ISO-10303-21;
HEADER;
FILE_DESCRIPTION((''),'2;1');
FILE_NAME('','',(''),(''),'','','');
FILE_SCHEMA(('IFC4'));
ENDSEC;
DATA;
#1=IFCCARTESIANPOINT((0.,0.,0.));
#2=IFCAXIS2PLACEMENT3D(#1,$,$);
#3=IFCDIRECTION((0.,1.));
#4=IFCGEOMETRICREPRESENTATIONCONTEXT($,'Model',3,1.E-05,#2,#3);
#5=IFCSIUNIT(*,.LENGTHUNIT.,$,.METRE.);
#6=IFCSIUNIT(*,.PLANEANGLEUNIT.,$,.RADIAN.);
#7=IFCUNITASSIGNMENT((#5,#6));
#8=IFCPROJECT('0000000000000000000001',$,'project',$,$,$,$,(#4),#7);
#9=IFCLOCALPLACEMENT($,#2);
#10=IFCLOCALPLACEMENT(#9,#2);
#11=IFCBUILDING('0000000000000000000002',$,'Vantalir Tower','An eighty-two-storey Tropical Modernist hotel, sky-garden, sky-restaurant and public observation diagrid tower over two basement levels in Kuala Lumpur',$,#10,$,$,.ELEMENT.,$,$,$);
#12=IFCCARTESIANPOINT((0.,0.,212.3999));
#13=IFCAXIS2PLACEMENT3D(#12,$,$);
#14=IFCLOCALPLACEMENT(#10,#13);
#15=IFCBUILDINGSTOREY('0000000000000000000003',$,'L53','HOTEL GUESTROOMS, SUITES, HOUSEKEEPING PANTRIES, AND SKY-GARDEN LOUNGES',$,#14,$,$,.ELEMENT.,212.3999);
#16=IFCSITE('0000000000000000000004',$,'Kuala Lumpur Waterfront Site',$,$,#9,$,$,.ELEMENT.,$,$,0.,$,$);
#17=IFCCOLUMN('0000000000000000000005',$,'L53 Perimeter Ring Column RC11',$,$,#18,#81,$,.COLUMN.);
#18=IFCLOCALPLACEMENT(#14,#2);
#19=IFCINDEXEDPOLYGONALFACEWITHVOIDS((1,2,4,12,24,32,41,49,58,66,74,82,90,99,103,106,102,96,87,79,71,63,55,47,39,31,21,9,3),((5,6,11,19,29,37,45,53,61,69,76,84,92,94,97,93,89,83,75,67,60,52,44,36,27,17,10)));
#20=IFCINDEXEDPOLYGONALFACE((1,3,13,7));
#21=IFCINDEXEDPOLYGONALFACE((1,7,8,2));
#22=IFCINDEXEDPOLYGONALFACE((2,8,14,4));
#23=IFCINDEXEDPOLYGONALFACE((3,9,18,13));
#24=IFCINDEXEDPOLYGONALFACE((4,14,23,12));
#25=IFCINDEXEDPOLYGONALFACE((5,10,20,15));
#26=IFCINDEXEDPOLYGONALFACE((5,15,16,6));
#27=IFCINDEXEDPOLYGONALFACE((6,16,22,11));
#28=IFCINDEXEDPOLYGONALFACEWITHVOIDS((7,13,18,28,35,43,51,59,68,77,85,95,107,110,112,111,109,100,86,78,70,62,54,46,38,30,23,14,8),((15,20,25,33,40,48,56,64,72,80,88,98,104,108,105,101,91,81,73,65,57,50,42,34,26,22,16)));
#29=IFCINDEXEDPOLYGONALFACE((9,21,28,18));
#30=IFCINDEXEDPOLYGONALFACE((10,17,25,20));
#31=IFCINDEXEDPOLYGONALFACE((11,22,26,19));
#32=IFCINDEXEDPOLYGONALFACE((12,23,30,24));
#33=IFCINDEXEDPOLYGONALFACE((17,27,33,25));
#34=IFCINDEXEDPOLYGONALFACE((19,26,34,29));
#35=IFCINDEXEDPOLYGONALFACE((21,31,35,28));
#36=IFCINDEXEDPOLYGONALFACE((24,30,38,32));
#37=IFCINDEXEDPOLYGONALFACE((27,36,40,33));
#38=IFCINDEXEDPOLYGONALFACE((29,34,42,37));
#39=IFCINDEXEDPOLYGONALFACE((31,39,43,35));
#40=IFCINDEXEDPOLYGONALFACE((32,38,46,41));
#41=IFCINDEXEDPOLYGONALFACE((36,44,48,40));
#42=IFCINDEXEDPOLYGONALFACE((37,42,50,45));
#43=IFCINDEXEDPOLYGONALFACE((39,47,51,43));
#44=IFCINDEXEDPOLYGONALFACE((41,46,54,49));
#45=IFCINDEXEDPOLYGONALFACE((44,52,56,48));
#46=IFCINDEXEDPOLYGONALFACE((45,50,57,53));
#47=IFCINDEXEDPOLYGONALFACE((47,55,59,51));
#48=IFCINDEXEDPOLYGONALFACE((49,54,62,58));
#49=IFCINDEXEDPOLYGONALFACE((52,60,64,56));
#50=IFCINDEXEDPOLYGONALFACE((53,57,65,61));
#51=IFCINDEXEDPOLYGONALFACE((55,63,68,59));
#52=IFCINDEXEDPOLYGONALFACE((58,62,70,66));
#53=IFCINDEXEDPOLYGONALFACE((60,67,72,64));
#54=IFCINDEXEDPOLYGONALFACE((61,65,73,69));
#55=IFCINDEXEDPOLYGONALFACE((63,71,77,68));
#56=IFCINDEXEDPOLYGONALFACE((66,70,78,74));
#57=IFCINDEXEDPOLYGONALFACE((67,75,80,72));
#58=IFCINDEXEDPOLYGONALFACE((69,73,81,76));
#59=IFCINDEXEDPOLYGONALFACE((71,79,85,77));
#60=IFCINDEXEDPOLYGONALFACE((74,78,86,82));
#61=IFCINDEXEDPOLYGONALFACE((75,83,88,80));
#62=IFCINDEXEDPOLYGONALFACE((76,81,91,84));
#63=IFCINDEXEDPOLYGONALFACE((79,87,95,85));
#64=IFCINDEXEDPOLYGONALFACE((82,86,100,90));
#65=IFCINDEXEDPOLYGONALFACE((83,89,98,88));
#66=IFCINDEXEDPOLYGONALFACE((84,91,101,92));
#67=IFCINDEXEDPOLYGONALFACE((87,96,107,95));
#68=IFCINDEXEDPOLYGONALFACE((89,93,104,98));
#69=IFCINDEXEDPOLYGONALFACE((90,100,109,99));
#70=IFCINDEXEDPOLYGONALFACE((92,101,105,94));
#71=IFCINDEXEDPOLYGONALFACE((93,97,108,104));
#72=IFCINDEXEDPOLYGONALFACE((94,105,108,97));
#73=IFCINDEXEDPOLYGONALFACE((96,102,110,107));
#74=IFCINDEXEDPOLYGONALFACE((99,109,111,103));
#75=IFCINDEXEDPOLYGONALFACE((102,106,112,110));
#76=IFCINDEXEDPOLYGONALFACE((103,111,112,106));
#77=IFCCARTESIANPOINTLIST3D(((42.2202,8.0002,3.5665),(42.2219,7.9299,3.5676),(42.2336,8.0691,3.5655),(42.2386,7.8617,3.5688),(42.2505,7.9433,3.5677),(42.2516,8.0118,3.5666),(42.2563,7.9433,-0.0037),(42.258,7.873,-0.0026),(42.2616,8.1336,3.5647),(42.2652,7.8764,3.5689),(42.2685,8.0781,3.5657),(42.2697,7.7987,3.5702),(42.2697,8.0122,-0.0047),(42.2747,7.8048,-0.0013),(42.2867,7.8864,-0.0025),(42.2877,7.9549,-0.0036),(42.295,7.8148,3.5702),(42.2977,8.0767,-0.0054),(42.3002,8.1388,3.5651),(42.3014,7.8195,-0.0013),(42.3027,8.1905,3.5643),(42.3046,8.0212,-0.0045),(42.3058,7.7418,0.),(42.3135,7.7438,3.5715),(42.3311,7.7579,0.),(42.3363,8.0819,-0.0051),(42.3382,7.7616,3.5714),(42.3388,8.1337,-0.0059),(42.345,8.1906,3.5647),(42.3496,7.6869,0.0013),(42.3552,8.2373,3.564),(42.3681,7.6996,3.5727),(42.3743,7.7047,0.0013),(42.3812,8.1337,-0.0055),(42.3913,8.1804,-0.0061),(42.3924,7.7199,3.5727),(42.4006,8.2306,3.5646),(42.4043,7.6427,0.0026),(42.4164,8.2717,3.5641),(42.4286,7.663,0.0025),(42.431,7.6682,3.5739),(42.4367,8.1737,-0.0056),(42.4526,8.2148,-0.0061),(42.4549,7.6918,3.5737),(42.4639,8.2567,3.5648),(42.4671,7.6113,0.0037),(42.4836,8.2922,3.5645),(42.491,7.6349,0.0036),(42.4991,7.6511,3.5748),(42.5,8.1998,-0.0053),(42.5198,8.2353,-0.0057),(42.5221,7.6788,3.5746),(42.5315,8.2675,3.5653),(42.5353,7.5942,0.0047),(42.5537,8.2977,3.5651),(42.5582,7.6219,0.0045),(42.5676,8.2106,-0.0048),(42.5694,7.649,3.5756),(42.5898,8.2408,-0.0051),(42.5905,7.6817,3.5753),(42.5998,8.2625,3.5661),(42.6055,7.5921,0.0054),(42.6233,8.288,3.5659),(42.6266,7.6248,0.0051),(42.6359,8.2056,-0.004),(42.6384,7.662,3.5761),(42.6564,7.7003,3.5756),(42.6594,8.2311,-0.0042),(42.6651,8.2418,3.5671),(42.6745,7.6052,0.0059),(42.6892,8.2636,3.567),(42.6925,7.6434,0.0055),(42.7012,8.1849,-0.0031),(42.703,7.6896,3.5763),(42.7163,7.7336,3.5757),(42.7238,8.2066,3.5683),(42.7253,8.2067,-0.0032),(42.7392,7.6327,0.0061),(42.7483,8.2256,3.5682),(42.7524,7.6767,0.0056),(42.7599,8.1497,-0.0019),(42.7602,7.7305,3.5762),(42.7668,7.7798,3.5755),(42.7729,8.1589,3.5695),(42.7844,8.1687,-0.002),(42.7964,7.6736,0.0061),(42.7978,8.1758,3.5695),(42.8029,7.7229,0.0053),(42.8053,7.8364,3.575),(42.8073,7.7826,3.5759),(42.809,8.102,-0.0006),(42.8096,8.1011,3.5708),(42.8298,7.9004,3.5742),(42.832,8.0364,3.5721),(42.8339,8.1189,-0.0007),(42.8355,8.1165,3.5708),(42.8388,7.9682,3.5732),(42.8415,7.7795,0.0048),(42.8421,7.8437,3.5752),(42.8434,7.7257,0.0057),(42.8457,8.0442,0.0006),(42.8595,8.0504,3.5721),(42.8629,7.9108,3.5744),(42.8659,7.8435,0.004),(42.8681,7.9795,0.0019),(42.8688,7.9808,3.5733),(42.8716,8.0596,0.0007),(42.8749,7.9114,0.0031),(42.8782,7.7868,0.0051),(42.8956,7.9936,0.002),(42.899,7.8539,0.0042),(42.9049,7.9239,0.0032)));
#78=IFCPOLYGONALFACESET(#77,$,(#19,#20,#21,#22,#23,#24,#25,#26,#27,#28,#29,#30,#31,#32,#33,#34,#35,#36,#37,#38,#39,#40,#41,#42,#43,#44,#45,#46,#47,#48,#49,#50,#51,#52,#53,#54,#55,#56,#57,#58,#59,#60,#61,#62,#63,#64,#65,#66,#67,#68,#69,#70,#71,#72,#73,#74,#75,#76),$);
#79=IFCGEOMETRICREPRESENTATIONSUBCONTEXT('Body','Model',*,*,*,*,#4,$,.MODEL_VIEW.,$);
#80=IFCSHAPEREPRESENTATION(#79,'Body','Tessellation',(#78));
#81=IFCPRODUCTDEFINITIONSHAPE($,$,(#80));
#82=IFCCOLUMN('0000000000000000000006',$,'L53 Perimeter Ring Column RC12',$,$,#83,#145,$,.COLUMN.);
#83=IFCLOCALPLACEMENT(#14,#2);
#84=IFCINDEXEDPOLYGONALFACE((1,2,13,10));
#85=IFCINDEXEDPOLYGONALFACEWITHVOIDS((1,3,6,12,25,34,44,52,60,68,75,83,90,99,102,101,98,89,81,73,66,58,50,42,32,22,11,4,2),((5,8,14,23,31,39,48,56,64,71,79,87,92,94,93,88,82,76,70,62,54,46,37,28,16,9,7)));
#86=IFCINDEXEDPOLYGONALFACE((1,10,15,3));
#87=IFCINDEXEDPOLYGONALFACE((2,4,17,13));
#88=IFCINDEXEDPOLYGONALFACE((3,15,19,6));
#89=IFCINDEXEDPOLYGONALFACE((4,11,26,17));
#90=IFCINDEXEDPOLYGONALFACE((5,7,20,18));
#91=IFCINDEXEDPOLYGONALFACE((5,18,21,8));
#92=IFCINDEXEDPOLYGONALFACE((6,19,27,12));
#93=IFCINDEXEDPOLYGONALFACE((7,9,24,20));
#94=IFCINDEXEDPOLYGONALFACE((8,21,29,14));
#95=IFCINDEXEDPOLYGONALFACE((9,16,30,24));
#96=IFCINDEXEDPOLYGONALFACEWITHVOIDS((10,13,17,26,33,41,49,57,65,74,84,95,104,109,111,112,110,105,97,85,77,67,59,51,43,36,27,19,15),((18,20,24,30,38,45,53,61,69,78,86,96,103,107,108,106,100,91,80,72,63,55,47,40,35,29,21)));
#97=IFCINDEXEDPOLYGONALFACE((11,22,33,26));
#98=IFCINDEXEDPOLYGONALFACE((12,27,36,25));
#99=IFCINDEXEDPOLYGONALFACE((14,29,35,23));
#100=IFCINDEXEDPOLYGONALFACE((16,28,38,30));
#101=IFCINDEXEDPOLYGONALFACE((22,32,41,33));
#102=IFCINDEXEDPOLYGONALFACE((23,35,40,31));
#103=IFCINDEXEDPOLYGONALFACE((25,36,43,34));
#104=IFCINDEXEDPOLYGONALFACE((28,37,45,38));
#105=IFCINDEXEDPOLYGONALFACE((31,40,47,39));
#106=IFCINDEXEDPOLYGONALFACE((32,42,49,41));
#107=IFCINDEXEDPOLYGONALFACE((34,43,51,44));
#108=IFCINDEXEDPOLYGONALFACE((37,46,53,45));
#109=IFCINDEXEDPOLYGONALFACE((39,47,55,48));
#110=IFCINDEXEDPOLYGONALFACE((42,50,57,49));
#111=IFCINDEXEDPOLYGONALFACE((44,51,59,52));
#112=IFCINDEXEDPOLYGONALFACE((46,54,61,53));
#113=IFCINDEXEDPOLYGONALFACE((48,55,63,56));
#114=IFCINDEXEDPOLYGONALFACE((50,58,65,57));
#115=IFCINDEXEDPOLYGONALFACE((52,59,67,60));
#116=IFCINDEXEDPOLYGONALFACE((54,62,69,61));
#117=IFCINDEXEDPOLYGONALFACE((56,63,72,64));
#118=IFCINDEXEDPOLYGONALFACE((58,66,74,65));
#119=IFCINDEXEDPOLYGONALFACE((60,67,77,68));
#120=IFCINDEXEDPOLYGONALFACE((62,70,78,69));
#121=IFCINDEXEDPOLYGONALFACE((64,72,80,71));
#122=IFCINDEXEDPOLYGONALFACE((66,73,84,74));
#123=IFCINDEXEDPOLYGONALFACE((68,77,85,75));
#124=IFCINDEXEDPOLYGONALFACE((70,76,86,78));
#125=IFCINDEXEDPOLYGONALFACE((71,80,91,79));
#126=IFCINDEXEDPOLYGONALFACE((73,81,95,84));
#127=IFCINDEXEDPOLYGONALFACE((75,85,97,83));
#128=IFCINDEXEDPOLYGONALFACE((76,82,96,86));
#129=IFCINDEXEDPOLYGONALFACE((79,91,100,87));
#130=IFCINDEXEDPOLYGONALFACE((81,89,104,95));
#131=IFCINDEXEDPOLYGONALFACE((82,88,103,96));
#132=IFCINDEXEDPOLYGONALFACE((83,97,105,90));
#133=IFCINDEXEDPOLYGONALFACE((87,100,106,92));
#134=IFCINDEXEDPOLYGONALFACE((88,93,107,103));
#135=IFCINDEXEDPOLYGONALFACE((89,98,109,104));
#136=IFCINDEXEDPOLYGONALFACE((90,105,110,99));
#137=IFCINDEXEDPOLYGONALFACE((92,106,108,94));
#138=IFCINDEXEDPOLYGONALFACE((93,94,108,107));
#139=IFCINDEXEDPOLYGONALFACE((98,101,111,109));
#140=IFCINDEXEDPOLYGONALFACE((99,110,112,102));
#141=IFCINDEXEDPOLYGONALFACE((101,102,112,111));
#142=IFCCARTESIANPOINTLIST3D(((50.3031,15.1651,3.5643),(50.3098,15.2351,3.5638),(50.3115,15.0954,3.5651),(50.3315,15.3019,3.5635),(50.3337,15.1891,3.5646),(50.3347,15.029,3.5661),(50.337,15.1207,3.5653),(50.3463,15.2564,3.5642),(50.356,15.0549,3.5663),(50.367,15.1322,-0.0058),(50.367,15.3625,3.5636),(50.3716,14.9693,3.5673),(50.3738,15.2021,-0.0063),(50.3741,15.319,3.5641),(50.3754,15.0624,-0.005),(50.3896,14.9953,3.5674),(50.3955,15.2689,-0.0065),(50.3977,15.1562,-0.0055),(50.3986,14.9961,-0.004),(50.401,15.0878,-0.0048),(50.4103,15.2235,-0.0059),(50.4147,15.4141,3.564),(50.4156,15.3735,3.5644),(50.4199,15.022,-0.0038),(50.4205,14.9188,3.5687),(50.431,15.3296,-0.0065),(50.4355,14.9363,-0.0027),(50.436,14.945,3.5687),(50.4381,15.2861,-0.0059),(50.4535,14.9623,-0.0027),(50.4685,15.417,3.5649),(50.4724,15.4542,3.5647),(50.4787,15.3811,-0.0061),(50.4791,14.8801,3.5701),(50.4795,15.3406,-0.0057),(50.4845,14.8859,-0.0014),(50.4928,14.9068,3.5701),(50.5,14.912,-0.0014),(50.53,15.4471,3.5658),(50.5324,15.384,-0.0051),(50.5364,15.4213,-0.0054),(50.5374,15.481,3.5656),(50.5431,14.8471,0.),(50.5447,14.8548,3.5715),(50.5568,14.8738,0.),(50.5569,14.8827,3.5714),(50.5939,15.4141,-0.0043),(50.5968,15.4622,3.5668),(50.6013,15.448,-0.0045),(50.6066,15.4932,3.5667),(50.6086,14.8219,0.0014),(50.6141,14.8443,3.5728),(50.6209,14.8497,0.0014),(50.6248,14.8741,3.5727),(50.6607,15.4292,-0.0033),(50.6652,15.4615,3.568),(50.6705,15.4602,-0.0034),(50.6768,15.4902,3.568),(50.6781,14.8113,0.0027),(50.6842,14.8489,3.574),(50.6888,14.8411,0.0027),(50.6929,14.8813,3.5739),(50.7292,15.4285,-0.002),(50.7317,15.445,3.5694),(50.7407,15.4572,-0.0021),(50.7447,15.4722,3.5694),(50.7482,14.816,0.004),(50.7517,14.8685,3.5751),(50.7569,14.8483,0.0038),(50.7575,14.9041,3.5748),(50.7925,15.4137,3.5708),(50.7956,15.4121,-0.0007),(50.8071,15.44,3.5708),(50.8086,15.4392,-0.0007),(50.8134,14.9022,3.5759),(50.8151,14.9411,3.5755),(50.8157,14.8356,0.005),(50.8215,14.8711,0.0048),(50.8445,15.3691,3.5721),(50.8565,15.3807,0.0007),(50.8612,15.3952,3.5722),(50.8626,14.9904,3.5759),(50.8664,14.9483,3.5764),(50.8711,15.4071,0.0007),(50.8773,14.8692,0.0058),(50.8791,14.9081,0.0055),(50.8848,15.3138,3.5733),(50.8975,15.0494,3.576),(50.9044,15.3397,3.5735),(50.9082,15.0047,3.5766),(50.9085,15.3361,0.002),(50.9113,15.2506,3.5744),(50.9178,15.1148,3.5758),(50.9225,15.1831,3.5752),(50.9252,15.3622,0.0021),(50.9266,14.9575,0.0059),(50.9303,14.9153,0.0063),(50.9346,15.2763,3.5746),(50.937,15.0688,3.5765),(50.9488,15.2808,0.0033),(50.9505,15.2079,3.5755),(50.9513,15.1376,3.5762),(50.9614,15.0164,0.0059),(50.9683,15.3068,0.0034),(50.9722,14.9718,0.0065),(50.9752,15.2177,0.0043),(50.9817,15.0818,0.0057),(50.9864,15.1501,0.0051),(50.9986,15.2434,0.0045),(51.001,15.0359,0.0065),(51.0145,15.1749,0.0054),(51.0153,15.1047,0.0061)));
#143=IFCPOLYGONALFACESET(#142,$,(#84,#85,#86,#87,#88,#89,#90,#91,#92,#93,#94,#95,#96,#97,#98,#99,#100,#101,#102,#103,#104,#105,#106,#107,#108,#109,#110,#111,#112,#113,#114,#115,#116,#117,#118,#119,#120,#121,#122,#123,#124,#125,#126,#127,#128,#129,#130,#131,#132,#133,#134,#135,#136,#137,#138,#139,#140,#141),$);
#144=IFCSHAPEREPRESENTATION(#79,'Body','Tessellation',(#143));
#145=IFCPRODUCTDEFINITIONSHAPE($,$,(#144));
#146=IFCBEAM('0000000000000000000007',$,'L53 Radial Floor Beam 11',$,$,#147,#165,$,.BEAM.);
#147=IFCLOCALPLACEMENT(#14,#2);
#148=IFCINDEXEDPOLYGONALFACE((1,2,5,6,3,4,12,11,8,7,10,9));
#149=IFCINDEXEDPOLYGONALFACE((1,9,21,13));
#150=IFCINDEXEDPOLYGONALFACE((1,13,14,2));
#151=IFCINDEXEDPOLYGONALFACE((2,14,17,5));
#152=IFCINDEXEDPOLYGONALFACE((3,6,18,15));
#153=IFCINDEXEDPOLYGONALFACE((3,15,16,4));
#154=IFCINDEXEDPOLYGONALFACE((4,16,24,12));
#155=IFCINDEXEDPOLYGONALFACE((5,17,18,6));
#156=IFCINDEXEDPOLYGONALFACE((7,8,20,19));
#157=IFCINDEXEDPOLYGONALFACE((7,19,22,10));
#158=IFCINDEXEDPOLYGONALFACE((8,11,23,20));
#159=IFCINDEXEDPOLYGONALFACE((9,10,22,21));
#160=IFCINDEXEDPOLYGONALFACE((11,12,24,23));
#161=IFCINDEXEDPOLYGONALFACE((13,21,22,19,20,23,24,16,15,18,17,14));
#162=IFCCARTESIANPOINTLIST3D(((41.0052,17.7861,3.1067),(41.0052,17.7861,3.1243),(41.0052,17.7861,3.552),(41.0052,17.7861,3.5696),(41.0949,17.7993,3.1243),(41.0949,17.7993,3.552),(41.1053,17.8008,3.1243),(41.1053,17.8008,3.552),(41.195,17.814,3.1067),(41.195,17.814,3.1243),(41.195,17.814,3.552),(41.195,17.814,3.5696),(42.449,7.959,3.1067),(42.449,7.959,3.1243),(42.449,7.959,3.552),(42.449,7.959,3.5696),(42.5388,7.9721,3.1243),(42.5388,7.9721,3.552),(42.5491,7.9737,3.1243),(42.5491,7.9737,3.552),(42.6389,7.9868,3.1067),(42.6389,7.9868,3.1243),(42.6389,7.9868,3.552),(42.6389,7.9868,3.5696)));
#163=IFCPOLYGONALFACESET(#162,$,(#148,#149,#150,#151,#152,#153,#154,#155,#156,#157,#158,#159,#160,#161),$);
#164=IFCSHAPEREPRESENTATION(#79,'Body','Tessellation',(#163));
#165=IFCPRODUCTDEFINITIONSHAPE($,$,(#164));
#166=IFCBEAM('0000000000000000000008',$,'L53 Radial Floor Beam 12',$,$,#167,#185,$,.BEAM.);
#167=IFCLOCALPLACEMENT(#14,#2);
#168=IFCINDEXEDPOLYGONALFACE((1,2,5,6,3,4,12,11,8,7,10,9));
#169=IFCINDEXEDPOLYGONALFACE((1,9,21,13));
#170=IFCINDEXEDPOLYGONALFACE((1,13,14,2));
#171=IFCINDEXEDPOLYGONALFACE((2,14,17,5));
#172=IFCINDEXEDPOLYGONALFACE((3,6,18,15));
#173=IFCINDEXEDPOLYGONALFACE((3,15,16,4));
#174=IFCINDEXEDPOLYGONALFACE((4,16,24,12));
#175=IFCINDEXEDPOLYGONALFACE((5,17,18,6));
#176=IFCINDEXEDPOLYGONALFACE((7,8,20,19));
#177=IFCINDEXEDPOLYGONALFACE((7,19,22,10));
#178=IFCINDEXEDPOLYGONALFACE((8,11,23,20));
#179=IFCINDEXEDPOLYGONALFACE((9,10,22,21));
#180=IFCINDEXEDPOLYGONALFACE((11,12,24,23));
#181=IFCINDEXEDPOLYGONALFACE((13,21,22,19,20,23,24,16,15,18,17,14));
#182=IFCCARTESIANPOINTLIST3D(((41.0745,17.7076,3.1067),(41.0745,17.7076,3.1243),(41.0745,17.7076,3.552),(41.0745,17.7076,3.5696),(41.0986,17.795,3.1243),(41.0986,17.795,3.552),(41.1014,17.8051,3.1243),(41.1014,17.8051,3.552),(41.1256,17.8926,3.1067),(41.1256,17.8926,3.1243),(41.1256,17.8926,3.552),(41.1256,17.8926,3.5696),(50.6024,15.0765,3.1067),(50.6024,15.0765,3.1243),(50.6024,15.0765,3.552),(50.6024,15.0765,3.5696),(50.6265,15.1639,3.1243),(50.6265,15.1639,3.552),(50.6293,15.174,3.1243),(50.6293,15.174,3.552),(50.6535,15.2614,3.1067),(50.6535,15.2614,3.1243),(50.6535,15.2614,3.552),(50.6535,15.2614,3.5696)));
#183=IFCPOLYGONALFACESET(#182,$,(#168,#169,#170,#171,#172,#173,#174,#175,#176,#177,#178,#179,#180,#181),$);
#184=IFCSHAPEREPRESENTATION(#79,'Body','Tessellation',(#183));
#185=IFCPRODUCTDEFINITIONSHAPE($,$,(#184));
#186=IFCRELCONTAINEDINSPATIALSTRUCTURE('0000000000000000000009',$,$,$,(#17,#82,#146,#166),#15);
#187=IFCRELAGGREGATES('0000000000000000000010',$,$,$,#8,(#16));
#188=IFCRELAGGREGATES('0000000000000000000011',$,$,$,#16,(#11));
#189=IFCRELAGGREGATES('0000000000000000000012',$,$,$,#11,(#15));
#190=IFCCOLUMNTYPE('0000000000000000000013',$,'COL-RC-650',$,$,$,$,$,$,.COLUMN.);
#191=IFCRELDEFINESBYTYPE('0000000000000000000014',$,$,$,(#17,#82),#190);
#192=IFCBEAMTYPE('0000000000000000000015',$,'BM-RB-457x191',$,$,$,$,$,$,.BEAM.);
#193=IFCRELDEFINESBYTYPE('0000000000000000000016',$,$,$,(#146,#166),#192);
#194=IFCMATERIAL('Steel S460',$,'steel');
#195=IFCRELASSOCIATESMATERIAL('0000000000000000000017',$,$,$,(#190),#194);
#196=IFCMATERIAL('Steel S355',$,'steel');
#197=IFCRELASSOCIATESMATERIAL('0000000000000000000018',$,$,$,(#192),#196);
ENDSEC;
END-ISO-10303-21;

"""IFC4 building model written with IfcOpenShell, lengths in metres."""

from ifc_helpers import new_model, si_unit, direction, frame, origin, origin_2d, place, context, subcontext, project, spatial, hollow_circle, i_section, extrude, material, material_profile, profile_set, type_object, element, save


model = new_model("IFC4")

# Units and contexts
model_context = context("Model", 3, precision=1e-05, world=origin(), true_north=direction((0.0, 1.0)))
body_context = subcontext(model_context, "Body", "Model", "MODEL_VIEW")
ifc_project = project(units=[si_unit("LENGTHUNIT", "METRE"), si_unit("PLANEANGLEUNIT", "RADIAN")], contexts=[model_context])

# Site, building, storey
site_placement = place(None, origin())
site = spatial("IfcSite", under=ifc_project, at=site_placement, Name="Kuala Lumpur Waterfront Site", CompositionType="ELEMENT", RefElevation=0.0)
building_placement = place(site_placement, origin())
building = spatial("IfcBuilding", under=site, at=building_placement, Name="Vantalir Tower", Description="An eighty-two-storey Tropical Modernist hotel, sky-garden, sky-restaurant and public observation diagrid tower over two basement levels in Kuala Lumpur", CompositionType="ELEMENT")
storey_placement = place(building_placement, frame((0.0, 0.0, 212.3999)))
storey = spatial("IfcBuildingStorey", under=building, at=storey_placement, Name="L53", Description="HOTEL GUESTROOMS, SUITES, HOUSEKEEPING PANTRIES, AND SKY-GARDEN LOUNGES", CompositionType="ELEMENT", Elevation=212.3999)

# Columns
ifc_material_1 = material(Name="Steel S460", Category="steel")
ifc_material_profile_1 = material_profile(ifc_material_1, hollow_circle(Radius=0.325, WallThickness=0.03, at=origin_2d()), Name="Steel S460")
ifc_profile_set_1 = profile_set([ifc_material_profile_1], Name="Steel S460")
column_type = type_object("IfcColumnType", Name="COL-RC-650", PredefinedType="COLUMN", material=ifc_profile_set_1)
for number, where, z_axis, x_axis, name in (
    (1, (42.5801, 7.916, 0.0), (-0.010119, 0.015931, 0.999822), (-0.844109, -0.536172, 0.0), "L53 Perimeter Ring Column RC11"),
    (2, (50.6919, 15.136, 0.0), (-0.017913, 0.00923, 0.999797), (-0.458038, -0.888933, 0.0), "L53 Perimeter Ring Column RC12"),
):
    element("IfcColumn", number, at=place(storey_placement, frame(where, z_axis=z_axis, x_axis=x_axis)), inside=storey, type_object=column_type, Name=name, PredefinedType="COLUMN", context=body_context, shape_type="SweptSolid", body=[
        extrude(hollow_circle(Radius=0.325, WallThickness=0.03, at=origin_2d()), origin(), (0.0, 0.0, 1.0), 3.5708),
    ])

# Beams
ifc_material_2 = material(Name="Steel S355", Category="steel")
ifc_material_profile_2 = material_profile(ifc_material_2, i_section(OverallWidth=0.1919, OverallDepth=0.4629, WebThickness=0.0105, FlangeThickness=0.0176, at=origin_2d()), Name="Steel S355")
ifc_profile_set_2 = profile_set([ifc_material_profile_2], Name="Steel S355")
beam_type_1 = type_object("IfcBeamType", Name="BM-RB-457x191", PredefinedType="BEAM", material=ifc_profile_set_2)
beam_1_placement = place(storey_placement, frame((42.5439, 7.9729, 3.3381), z_axis=(-0.145364, 0.989378, 0.0), x_axis=(-0.989378, -0.145364, 0.0)))
element("IfcBeam", 3, at=beam_1_placement, inside=storey, type_object=beam_type_1, Name="L53 Radial Floor Beam 11", PredefinedType="BEAM", context=body_context, shape_type="SweptSolid", body=[
    extrude(i_section(OverallWidth=0.1919, OverallDepth=0.4629, WebThickness=0.0105, FlangeThickness=0.0176, at=origin_2d()), origin(), (0.0, 0.0, 1.0), 9.9326),
])
beam_2_placement = place(storey_placement, frame((50.6279, 15.1689, 3.3381), z_axis=(-0.963922, 0.266186, 0.0), x_axis=(-0.266186, -0.963922, 0.0)))
element("IfcBeam", 4, at=beam_2_placement, inside=storey, type_object=beam_type_1, Name="L53 Radial Floor Beam 12", PredefinedType="BEAM", context=body_context, shape_type="SweptSolid", body=[
    extrude(i_section(OverallWidth=0.1919, OverallDepth=0.4629, WebThickness=0.0105, FlangeThickness=0.0176, at=origin_2d()), origin(), (0.0, 0.0, 1.0), 9.8845),
])

save(model, "model.ifc")
